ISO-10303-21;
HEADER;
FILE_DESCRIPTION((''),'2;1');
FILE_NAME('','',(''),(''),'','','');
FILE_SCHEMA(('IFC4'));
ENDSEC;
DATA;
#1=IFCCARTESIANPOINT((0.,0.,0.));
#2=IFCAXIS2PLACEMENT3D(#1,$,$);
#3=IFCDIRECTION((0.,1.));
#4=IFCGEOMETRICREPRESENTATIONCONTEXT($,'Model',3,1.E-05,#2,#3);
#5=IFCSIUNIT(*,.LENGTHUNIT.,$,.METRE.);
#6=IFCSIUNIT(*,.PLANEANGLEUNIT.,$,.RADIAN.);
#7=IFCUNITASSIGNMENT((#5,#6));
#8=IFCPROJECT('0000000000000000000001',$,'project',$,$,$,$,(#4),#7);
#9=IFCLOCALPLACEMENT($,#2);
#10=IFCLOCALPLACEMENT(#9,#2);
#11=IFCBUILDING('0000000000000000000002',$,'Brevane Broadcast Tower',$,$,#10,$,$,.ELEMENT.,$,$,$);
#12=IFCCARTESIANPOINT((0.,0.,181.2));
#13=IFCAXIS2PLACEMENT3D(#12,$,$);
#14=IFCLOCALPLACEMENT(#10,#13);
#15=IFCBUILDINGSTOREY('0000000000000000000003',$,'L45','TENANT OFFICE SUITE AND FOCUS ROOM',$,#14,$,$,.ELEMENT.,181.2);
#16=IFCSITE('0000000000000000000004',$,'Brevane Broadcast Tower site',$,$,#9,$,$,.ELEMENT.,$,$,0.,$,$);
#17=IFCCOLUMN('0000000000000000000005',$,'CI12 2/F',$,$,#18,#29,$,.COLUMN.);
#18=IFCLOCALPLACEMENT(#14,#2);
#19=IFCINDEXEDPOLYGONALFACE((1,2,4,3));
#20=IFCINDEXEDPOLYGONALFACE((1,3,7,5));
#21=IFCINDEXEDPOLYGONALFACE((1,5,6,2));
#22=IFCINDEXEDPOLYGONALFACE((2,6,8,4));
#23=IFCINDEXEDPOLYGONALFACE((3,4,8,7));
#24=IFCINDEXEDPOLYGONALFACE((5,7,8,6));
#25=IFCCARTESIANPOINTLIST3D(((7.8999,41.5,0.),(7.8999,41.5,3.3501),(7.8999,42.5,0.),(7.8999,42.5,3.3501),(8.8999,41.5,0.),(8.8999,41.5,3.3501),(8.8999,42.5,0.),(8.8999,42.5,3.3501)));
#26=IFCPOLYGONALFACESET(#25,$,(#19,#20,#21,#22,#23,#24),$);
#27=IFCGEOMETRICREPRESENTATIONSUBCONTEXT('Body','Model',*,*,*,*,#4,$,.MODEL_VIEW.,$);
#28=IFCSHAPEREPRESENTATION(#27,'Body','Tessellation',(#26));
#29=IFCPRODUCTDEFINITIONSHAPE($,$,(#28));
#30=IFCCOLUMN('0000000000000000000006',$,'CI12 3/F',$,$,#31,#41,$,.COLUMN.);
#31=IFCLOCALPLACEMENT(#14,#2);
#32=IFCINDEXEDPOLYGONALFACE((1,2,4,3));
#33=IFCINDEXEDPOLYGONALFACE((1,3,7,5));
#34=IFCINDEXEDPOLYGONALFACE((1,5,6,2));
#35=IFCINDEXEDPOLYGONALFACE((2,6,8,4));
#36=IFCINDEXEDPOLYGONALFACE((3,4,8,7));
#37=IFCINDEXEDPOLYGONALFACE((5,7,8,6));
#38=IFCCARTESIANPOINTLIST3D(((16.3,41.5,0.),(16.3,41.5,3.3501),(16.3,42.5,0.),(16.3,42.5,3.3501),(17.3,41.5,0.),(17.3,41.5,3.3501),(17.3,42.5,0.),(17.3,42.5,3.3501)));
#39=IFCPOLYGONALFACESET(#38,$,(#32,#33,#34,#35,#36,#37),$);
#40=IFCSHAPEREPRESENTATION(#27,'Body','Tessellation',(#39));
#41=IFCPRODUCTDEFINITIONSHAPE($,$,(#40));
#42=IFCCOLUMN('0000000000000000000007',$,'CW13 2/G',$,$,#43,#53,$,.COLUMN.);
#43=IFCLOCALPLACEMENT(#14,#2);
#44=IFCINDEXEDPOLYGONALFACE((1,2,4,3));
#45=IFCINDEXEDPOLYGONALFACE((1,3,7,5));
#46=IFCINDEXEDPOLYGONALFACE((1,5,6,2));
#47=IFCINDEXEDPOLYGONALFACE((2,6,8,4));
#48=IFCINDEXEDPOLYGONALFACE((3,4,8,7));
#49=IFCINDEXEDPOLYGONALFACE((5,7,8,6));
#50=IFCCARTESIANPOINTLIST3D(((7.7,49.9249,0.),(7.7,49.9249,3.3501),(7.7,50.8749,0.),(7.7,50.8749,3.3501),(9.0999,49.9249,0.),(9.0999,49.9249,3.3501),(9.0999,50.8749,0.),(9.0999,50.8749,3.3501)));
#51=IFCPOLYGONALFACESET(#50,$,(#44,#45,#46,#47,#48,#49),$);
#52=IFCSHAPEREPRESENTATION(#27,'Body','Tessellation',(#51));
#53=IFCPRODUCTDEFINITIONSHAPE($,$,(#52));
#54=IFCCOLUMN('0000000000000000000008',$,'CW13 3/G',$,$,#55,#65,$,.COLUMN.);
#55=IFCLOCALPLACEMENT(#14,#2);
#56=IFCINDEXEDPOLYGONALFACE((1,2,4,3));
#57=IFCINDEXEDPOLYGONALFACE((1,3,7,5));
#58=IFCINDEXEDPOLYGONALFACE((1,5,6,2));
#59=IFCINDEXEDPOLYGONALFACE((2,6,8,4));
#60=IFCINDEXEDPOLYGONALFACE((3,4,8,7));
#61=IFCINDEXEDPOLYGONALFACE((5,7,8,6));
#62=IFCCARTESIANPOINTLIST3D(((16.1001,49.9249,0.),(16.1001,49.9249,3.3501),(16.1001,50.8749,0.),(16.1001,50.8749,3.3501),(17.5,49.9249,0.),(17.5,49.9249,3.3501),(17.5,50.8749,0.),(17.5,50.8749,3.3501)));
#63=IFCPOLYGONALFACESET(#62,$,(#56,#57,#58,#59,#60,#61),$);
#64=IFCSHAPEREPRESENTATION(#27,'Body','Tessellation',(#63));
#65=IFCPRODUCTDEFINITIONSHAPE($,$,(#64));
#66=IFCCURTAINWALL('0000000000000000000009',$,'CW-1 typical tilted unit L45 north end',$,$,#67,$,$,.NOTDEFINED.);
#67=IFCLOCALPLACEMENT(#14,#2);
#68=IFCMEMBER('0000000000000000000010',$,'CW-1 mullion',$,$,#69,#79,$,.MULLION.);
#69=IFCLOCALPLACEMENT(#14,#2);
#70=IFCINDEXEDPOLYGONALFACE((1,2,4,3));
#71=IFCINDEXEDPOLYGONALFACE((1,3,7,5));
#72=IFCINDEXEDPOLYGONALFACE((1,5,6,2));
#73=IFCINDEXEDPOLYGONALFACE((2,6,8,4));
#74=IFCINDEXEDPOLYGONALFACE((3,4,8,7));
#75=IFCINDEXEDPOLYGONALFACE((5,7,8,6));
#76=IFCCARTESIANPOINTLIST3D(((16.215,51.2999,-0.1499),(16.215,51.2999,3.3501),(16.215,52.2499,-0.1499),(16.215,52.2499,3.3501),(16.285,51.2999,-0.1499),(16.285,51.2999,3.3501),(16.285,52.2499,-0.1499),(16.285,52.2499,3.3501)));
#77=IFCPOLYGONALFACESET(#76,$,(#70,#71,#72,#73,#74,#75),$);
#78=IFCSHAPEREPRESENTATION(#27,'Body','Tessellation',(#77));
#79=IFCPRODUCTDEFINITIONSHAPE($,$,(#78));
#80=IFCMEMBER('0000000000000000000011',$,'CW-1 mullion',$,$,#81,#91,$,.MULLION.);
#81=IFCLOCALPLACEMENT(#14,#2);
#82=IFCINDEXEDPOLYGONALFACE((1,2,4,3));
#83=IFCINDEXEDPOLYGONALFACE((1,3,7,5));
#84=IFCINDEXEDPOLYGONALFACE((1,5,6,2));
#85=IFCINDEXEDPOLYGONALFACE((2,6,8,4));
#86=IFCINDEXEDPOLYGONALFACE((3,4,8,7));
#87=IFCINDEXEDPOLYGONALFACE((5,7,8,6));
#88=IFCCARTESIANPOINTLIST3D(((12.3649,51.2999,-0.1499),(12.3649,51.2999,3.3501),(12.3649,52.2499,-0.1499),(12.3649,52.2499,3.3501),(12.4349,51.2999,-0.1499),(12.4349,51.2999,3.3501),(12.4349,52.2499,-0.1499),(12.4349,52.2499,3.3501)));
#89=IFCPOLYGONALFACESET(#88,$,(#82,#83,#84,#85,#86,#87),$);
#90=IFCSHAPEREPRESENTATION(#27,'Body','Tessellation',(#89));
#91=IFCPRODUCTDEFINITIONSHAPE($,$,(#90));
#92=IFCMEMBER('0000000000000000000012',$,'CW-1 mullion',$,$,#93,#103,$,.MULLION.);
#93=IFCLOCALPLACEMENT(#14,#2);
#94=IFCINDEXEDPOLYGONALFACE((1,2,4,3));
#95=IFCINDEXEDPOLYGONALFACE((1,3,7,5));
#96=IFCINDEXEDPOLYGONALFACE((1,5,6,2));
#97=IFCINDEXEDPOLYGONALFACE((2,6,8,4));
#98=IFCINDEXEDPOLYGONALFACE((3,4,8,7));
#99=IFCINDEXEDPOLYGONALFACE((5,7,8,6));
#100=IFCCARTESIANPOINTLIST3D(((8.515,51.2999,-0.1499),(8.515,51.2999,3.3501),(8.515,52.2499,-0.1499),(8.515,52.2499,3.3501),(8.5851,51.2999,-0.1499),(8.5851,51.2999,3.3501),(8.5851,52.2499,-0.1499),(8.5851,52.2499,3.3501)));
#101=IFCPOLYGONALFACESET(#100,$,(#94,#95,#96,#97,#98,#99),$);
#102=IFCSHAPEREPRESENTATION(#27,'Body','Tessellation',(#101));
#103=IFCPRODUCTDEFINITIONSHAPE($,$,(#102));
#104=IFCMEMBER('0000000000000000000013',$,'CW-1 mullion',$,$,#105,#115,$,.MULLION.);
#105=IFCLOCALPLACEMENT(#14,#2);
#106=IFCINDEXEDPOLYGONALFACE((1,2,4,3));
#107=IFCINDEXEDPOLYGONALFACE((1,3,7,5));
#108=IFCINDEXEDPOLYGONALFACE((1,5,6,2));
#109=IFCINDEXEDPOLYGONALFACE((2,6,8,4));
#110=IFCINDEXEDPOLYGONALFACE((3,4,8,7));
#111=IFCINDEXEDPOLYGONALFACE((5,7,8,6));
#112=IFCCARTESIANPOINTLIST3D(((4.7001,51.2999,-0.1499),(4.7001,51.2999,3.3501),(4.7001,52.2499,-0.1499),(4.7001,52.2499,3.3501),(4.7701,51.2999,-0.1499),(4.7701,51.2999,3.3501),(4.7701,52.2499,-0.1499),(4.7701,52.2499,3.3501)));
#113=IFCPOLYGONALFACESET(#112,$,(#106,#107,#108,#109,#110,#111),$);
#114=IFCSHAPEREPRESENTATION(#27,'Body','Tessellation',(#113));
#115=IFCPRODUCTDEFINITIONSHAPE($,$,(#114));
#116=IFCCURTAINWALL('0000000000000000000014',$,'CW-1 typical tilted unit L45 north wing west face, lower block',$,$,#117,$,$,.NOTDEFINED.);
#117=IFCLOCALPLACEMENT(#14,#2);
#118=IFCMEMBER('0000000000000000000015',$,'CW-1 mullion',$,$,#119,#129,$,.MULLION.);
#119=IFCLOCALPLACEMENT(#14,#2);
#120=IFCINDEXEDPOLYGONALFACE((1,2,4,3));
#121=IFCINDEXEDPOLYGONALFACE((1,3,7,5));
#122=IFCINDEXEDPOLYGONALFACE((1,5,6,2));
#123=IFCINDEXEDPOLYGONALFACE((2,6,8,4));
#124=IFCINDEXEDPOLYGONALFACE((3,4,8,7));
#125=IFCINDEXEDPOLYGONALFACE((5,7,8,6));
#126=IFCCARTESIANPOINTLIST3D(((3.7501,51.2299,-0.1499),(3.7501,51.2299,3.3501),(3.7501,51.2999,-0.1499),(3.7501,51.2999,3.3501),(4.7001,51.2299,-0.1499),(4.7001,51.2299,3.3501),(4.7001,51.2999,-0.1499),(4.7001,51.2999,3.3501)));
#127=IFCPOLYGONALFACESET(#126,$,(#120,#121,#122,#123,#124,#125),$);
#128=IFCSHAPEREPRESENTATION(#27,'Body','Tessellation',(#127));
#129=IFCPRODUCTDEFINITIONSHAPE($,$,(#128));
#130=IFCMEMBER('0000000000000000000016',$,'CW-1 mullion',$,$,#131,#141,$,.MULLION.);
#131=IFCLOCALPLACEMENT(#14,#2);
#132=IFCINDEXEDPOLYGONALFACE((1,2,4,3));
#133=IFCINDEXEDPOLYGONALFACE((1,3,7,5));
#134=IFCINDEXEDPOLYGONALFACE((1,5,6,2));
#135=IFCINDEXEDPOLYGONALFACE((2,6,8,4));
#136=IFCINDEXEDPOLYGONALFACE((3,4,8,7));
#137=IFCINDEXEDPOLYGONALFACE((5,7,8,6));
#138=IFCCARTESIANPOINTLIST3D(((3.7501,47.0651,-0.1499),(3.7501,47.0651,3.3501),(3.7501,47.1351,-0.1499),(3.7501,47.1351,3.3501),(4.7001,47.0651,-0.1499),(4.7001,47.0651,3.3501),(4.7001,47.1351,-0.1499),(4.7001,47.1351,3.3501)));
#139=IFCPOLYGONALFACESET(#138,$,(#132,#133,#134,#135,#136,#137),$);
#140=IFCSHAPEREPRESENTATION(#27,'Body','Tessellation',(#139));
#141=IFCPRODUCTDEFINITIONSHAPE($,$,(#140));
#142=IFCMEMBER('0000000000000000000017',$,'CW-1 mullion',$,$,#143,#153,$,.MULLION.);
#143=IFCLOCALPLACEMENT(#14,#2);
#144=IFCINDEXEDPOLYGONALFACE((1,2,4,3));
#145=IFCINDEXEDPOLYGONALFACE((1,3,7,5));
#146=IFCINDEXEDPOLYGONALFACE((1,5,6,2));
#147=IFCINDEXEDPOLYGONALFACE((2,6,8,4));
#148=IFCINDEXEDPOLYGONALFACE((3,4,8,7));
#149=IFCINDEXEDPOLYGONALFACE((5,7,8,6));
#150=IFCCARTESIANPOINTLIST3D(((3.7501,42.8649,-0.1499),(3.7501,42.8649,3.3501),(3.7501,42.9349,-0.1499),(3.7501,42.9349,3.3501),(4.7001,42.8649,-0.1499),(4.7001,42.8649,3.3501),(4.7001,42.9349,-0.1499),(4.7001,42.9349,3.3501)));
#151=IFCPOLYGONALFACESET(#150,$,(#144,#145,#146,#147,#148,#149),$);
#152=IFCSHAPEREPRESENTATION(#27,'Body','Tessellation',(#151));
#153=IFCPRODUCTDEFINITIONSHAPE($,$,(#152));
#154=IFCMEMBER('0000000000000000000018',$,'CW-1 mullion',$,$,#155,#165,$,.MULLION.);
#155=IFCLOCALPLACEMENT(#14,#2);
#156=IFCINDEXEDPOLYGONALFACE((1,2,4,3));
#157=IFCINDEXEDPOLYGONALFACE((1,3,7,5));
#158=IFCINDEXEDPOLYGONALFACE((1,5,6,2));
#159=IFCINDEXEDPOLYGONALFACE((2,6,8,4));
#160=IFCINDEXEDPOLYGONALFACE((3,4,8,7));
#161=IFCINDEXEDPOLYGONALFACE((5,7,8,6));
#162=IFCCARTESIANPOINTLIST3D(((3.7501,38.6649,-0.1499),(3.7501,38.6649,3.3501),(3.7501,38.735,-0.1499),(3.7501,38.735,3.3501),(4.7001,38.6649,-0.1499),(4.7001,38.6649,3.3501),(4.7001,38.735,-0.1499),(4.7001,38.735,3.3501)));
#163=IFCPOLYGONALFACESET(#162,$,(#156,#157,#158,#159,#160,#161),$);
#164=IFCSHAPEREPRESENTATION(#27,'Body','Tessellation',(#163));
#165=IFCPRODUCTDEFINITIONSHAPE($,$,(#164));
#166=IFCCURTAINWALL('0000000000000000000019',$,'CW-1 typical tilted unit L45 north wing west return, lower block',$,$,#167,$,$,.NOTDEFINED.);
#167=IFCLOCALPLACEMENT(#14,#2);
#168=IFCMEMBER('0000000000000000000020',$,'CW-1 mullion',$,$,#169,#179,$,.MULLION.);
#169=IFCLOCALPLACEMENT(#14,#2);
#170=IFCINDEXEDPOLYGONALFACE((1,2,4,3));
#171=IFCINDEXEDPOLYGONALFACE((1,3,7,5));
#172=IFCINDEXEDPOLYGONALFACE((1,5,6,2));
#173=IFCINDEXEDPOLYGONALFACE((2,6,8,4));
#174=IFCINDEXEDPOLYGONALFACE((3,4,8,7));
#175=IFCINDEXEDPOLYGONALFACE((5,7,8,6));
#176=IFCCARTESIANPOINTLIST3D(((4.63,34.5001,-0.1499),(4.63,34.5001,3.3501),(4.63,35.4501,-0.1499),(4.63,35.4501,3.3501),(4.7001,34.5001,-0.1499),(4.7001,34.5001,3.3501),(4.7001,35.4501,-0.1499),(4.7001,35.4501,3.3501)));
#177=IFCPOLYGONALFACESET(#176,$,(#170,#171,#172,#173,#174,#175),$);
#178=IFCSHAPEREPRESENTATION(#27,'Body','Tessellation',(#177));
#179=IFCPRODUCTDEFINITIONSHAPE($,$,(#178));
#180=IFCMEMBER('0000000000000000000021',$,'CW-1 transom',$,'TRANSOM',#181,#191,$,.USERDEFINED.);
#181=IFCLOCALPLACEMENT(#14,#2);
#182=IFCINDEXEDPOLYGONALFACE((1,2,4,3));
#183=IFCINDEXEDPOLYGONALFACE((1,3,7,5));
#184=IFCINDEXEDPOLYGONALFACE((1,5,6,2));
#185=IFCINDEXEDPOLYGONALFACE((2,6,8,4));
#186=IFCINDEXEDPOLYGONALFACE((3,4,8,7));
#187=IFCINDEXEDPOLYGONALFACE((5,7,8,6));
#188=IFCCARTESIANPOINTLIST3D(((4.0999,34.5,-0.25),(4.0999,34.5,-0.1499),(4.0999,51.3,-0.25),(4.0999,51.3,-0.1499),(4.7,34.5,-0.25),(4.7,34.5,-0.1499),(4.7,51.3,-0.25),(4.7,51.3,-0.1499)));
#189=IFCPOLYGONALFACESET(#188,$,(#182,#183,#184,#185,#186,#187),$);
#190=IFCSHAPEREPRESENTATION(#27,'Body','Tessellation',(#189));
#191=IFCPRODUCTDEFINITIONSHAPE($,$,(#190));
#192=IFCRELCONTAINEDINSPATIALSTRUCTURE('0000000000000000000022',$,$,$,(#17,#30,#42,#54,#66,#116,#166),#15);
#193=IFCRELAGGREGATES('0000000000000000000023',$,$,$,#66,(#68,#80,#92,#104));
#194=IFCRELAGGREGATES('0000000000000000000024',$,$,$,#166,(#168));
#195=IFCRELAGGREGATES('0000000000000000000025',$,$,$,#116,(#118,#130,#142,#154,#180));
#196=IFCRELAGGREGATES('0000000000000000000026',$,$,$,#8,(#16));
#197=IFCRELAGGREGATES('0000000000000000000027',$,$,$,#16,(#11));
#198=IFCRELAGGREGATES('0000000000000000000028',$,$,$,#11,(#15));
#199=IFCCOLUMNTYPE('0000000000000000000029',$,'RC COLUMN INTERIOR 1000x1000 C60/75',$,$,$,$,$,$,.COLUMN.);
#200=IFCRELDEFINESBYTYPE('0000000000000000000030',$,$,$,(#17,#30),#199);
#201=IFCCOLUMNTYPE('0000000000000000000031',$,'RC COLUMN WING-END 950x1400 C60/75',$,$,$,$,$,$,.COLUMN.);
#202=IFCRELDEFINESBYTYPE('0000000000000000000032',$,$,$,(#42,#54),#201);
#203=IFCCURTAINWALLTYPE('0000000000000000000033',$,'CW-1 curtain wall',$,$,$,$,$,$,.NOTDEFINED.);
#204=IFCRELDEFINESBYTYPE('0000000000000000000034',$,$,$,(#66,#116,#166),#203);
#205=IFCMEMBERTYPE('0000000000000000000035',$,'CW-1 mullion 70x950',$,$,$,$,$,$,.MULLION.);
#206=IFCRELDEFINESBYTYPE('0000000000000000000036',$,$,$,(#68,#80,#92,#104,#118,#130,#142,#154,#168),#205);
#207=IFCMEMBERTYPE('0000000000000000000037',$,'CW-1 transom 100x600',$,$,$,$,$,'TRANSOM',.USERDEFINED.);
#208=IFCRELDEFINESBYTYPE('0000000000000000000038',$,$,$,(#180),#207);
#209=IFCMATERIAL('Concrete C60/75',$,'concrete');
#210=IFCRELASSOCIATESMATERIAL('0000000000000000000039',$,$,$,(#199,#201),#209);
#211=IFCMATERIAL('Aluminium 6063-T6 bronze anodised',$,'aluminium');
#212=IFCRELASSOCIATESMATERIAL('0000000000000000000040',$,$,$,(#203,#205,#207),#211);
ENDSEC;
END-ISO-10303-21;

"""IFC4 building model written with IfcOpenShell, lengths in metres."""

from ifc_helpers import new_model, si_unit, direction, frame, origin, origin_2d, place, context, subcontext, project, spatial, rectangle, extrude, material, material_profile, profile_set, type_object, element, aggregate, save


model = new_model("IFC4")

# Units and contexts
model_context = context("Model", 3, precision=1e-05, world=origin(), true_north=direction((0.0, 1.0)))
body_context = subcontext(model_context, "Body", "Model", "MODEL_VIEW")
ifc_project = project(units=[si_unit("LENGTHUNIT", "METRE"), si_unit("PLANEANGLEUNIT", "RADIAN")], contexts=[model_context])

# Site, building, storey
site_placement = place(None, origin())
site = spatial("IfcSite", under=ifc_project, at=site_placement, Name="Brevane Broadcast Tower site", CompositionType="ELEMENT", RefElevation=0.0)
building_placement = place(site_placement, origin())
building = spatial("IfcBuilding", under=site, at=building_placement, Name="Brevane Broadcast Tower", CompositionType="ELEMENT")
storey_placement = place(building_placement, frame((0.0, 0.0, 181.2)))
storey = spatial("IfcBuildingStorey", under=building, at=storey_placement, Name="L45", Description="TENANT OFFICE SUITE AND FOCUS ROOM", CompositionType="ELEMENT", Elevation=181.2)

# Columns
ifc_material_1 = material(Name="Concrete C60/75", Category="concrete")
ifc_material_profile_1 = material_profile(ifc_material_1, rectangle(XDim=1.0, YDim=1.0, at=origin_2d()), Name="RC 1000x1000")
ifc_profile_set_1 = profile_set([ifc_material_profile_1], Name="Concrete C60/75")
column_type_1 = type_object("IfcColumnType", Name="RC COLUMN INTERIOR 1000x1000 C60/75", PredefinedType="COLUMN", material=ifc_profile_set_1)
for number, where, z_axis, x_axis, name in (
    (1, (8.3999, 42.0, 0.0), (0.0, 0.0, 1.0), (1.0, 0.0, 0.0), "CI12 2/F"),
    (2, (16.8, 42.0, 0.0), (0.0, 0.0, 1.0), (1.0, 0.0, 0.0), "CI12 3/F"),
):
    element("IfcColumn", number, at=place(storey_placement, frame(where, z_axis=z_axis, x_axis=x_axis)), inside=storey, type_object=column_type_1, Name=name, PredefinedType="COLUMN", context=body_context, shape_type="SweptSolid", body=[
        extrude(rectangle(XDim=1.0, YDim=1.0, at=origin_2d()), origin(), (0.0, 0.0, 1.0), 3.3501),
    ])
ifc_material_profile_2 = material_profile(ifc_material_1, rectangle(XDim=0.95, YDim=1.3999, at=origin_2d()), Name="RC 950x1400")
ifc_profile_set_2 = profile_set([ifc_material_profile_2], Name="Concrete C60/75")
column_type_2 = type_object("IfcColumnType", Name="RC COLUMN WING-END 950x1400 C60/75", PredefinedType="COLUMN", material=ifc_profile_set_2)
for number, where, z_axis, x_axis, name in (
    (3, (8.3999, 50.3999, 0.0), (0.0, 0.0, 1.0), (0.0, 1.0, 0.0), "CW13 2/G"),
    (4, (16.8, 50.3999, 0.0), (0.0, 0.0, 1.0), (0.0, 1.0, 0.0), "CW13 3/G"),
):
    element("IfcColumn", number, at=place(storey_placement, frame(where, z_axis=z_axis, x_axis=x_axis)), inside=storey, type_object=column_type_2, Name=name, PredefinedType="COLUMN", context=body_context, shape_type="SweptSolid", body=[
        extrude(rectangle(XDim=0.95, YDim=1.3999, at=origin_2d()), origin(), (0.0, 0.0, 1.0), 3.3501),
    ])

# Curtain walls, members
ifc_material_2 = material(Name="Aluminium 6063-T6 bronze anodised", Category="aluminium")
curtain_wall_type = type_object("IfcCurtainWallType", Name="CW-1 curtain wall", PredefinedType="NOTDEFINED", material=ifc_material_2)
curtain_wall_1_placement = place(storey_placement, origin())
curtain_wall_1 = element("IfcCurtainWall", 5, at=curtain_wall_1_placement, inside=storey, type_object=curtain_wall_type, Name="CW-1 typical tilted unit L45 north end", PredefinedType="NOTDEFINED")
ifc_material_profile_3 = material_profile(ifc_material_2, rectangle(XDim=0.95, YDim=0.0701, at=origin_2d()), Name="RECT 70x950")
ifc_profile_set_3 = profile_set([ifc_material_profile_3], Name="Aluminium 6063-T6 bronze anodised")
member_type_1 = type_object("IfcMemberType", Name="CW-1 mullion 70x950", PredefinedType="MULLION", material=ifc_profile_set_3)
member_1_placement = place(storey_placement, frame((16.25, 51.7749, -0.1499), z_axis=(0.0, 0.0, 1.0), x_axis=(0.0, -1.0, 0.0)))
member_1 = element("IfcMember", 6, at=member_1_placement, type_object=member_type_1, Name="CW-1 mullion", PredefinedType="MULLION", context=body_context, shape_type="SweptSolid", body=[
    extrude(rectangle(XDim=0.95, YDim=0.0701, at=origin_2d()), origin(), (0.0, 0.0, 1.0), 3.5),
])
member_2_placement = place(storey_placement, frame((12.3999, 51.7749, -0.1499), z_axis=(0.0, 0.0, 1.0), x_axis=(0.0, -1.0, 0.0)))
member_2 = element("IfcMember", 7, at=member_2_placement, type_object=member_type_1, Name="CW-1 mullion", PredefinedType="MULLION", context=body_context, shape_type="SweptSolid", body=[
    extrude(rectangle(XDim=0.95, YDim=0.0701, at=origin_2d()), origin(), (0.0, 0.0, 1.0), 3.5),
])
member_3_placement = place(storey_placement, frame((8.55, 51.7749, -0.1499), z_axis=(0.0, 0.0, 1.0), x_axis=(0.0, -1.0, 0.0)))
member_3 = element("IfcMember", 8, at=member_3_placement, type_object=member_type_1, Name="CW-1 mullion", PredefinedType="MULLION", context=body_context, shape_type="SweptSolid", body=[
    extrude(rectangle(XDim=0.95, YDim=0.0701, at=origin_2d()), origin(), (0.0, 0.0, 1.0), 3.5),
])
member_4_placement = place(storey_placement, frame((4.7351, 51.7749, -0.1499), z_axis=(0.0, 0.0, 1.0), x_axis=(0.0, -1.0, 0.0)))
member_4 = element("IfcMember", 9, at=member_4_placement, type_object=member_type_1, Name="CW-1 mullion", PredefinedType="MULLION", context=body_context, shape_type="SweptSolid", body=[
    extrude(rectangle(XDim=0.95, YDim=0.0701, at=origin_2d()), origin(), (0.0, 0.0, 1.0), 3.5),
])
aggregate(curtain_wall_1, [member_1, member_2, member_3, member_4])
curtain_wall_2_placement = place(storey_placement, origin())
curtain_wall_2 = element("IfcCurtainWall", 10, at=curtain_wall_2_placement, inside=storey, type_object=curtain_wall_type, Name="CW-1 typical tilted unit L45 north wing west face, lower block", PredefinedType="NOTDEFINED")
member_5_placement = place(storey_placement, frame((4.2251, 51.2649, -0.1499), z_axis=(0.0, 0.0, 1.0), x_axis=(1.0, 0.0, 0.0)))
member_5 = element("IfcMember", 11, at=member_5_placement, type_object=member_type_1, Name="CW-1 mullion", PredefinedType="MULLION", context=body_context, shape_type="SweptSolid", body=[
    extrude(rectangle(XDim=0.95, YDim=0.0701, at=origin_2d()), origin(), (0.0, 0.0, 1.0), 3.5),
])
member_6_placement = place(storey_placement, frame((4.2251, 47.1001, -0.1499), z_axis=(0.0, 0.0, 1.0), x_axis=(1.0, 0.0, 0.0)))
member_6 = element("IfcMember", 12, at=member_6_placement, type_object=member_type_1, Name="CW-1 mullion", PredefinedType="MULLION", context=body_context, shape_type="SweptSolid", body=[
    extrude(rectangle(XDim=0.95, YDim=0.0701, at=origin_2d()), origin(), (0.0, 0.0, 1.0), 3.5),
])
member_7_placement = place(storey_placement, frame((4.2251, 42.8999, -0.1499), z_axis=(0.0, 0.0, 1.0), x_axis=(1.0, 0.0, 0.0)))
member_7 = element("IfcMember", 13, at=member_7_placement, type_object=member_type_1, Name="CW-1 mullion", PredefinedType="MULLION", context=body_context, shape_type="SweptSolid", body=[
    extrude(rectangle(XDim=0.95, YDim=0.0701, at=origin_2d()), origin(), (0.0, 0.0, 1.0), 3.5),
])
member_8_placement = place(storey_placement, frame((4.2251, 38.7, -0.1499), z_axis=(0.0, 0.0, 1.0), x_axis=(1.0, 0.0, 0.0)))
member_8 = element("IfcMember", 14, at=member_8_placement, type_object=member_type_1, Name="CW-1 mullion", PredefinedType="MULLION", context=body_context, shape_type="SweptSolid", body=[
    extrude(rectangle(XDim=0.95, YDim=0.0701, at=origin_2d()), origin(), (0.0, 0.0, 1.0), 3.5),
])

# Curtain wall, member
curtain_wall_3_placement = place(storey_placement, origin())
curtain_wall_3 = element("IfcCurtainWall", 15, at=curtain_wall_3_placement, inside=storey, type_object=curtain_wall_type, Name="CW-1 typical tilted unit L45 north wing west return, lower block", PredefinedType="NOTDEFINED")
member_9_placement = place(storey_placement, frame((4.665, 34.9751, -0.1499), z_axis=(0.0, 0.0, 1.0), x_axis=(0.0, -1.0, 0.0)))
member_9 = element("IfcMember", 16, at=member_9_placement, type_object=member_type_1, Name="CW-1 mullion", PredefinedType="MULLION", context=body_context, shape_type="SweptSolid", body=[
    extrude(rectangle(XDim=0.95, YDim=0.0701, at=origin_2d()), origin(), (0.0, 0.0, 1.0), 3.5),
])
aggregate(curtain_wall_3, [member_9])

# Member
ifc_material_profile_4 = material_profile(ifc_material_2, rectangle(XDim=0.6001, YDim=0.1001, at=origin_2d()), Name="RECT 100x600")
ifc_profile_set_4 = profile_set([ifc_material_profile_4], Name="Aluminium 6063-T6 bronze anodised")
member_type_2 = type_object("IfcMemberType", Name="CW-1 transom 100x600", ElementType="TRANSOM", PredefinedType="USERDEFINED", material=ifc_profile_set_4)
member_10_placement = place(storey_placement, frame((4.3999, 51.3, -0.2), z_axis=(0.0, -1.0, 0.0), x_axis=(1.0, 0.0, 0.0)))
member_10 = element("IfcMember", 17, at=member_10_placement, type_object=member_type_2, Name="CW-1 transom", ObjectType="TRANSOM", PredefinedType="USERDEFINED", context=body_context, shape_type="SweptSolid", body=[
    extrude(rectangle(XDim=0.6001, YDim=0.1001, at=origin_2d()), origin(), (0.0, 0.0, 1.0), 16.8),
])
aggregate(curtain_wall_2, [member_5, member_6, member_7, member_8, member_10])

save(model, "model.ifc")
